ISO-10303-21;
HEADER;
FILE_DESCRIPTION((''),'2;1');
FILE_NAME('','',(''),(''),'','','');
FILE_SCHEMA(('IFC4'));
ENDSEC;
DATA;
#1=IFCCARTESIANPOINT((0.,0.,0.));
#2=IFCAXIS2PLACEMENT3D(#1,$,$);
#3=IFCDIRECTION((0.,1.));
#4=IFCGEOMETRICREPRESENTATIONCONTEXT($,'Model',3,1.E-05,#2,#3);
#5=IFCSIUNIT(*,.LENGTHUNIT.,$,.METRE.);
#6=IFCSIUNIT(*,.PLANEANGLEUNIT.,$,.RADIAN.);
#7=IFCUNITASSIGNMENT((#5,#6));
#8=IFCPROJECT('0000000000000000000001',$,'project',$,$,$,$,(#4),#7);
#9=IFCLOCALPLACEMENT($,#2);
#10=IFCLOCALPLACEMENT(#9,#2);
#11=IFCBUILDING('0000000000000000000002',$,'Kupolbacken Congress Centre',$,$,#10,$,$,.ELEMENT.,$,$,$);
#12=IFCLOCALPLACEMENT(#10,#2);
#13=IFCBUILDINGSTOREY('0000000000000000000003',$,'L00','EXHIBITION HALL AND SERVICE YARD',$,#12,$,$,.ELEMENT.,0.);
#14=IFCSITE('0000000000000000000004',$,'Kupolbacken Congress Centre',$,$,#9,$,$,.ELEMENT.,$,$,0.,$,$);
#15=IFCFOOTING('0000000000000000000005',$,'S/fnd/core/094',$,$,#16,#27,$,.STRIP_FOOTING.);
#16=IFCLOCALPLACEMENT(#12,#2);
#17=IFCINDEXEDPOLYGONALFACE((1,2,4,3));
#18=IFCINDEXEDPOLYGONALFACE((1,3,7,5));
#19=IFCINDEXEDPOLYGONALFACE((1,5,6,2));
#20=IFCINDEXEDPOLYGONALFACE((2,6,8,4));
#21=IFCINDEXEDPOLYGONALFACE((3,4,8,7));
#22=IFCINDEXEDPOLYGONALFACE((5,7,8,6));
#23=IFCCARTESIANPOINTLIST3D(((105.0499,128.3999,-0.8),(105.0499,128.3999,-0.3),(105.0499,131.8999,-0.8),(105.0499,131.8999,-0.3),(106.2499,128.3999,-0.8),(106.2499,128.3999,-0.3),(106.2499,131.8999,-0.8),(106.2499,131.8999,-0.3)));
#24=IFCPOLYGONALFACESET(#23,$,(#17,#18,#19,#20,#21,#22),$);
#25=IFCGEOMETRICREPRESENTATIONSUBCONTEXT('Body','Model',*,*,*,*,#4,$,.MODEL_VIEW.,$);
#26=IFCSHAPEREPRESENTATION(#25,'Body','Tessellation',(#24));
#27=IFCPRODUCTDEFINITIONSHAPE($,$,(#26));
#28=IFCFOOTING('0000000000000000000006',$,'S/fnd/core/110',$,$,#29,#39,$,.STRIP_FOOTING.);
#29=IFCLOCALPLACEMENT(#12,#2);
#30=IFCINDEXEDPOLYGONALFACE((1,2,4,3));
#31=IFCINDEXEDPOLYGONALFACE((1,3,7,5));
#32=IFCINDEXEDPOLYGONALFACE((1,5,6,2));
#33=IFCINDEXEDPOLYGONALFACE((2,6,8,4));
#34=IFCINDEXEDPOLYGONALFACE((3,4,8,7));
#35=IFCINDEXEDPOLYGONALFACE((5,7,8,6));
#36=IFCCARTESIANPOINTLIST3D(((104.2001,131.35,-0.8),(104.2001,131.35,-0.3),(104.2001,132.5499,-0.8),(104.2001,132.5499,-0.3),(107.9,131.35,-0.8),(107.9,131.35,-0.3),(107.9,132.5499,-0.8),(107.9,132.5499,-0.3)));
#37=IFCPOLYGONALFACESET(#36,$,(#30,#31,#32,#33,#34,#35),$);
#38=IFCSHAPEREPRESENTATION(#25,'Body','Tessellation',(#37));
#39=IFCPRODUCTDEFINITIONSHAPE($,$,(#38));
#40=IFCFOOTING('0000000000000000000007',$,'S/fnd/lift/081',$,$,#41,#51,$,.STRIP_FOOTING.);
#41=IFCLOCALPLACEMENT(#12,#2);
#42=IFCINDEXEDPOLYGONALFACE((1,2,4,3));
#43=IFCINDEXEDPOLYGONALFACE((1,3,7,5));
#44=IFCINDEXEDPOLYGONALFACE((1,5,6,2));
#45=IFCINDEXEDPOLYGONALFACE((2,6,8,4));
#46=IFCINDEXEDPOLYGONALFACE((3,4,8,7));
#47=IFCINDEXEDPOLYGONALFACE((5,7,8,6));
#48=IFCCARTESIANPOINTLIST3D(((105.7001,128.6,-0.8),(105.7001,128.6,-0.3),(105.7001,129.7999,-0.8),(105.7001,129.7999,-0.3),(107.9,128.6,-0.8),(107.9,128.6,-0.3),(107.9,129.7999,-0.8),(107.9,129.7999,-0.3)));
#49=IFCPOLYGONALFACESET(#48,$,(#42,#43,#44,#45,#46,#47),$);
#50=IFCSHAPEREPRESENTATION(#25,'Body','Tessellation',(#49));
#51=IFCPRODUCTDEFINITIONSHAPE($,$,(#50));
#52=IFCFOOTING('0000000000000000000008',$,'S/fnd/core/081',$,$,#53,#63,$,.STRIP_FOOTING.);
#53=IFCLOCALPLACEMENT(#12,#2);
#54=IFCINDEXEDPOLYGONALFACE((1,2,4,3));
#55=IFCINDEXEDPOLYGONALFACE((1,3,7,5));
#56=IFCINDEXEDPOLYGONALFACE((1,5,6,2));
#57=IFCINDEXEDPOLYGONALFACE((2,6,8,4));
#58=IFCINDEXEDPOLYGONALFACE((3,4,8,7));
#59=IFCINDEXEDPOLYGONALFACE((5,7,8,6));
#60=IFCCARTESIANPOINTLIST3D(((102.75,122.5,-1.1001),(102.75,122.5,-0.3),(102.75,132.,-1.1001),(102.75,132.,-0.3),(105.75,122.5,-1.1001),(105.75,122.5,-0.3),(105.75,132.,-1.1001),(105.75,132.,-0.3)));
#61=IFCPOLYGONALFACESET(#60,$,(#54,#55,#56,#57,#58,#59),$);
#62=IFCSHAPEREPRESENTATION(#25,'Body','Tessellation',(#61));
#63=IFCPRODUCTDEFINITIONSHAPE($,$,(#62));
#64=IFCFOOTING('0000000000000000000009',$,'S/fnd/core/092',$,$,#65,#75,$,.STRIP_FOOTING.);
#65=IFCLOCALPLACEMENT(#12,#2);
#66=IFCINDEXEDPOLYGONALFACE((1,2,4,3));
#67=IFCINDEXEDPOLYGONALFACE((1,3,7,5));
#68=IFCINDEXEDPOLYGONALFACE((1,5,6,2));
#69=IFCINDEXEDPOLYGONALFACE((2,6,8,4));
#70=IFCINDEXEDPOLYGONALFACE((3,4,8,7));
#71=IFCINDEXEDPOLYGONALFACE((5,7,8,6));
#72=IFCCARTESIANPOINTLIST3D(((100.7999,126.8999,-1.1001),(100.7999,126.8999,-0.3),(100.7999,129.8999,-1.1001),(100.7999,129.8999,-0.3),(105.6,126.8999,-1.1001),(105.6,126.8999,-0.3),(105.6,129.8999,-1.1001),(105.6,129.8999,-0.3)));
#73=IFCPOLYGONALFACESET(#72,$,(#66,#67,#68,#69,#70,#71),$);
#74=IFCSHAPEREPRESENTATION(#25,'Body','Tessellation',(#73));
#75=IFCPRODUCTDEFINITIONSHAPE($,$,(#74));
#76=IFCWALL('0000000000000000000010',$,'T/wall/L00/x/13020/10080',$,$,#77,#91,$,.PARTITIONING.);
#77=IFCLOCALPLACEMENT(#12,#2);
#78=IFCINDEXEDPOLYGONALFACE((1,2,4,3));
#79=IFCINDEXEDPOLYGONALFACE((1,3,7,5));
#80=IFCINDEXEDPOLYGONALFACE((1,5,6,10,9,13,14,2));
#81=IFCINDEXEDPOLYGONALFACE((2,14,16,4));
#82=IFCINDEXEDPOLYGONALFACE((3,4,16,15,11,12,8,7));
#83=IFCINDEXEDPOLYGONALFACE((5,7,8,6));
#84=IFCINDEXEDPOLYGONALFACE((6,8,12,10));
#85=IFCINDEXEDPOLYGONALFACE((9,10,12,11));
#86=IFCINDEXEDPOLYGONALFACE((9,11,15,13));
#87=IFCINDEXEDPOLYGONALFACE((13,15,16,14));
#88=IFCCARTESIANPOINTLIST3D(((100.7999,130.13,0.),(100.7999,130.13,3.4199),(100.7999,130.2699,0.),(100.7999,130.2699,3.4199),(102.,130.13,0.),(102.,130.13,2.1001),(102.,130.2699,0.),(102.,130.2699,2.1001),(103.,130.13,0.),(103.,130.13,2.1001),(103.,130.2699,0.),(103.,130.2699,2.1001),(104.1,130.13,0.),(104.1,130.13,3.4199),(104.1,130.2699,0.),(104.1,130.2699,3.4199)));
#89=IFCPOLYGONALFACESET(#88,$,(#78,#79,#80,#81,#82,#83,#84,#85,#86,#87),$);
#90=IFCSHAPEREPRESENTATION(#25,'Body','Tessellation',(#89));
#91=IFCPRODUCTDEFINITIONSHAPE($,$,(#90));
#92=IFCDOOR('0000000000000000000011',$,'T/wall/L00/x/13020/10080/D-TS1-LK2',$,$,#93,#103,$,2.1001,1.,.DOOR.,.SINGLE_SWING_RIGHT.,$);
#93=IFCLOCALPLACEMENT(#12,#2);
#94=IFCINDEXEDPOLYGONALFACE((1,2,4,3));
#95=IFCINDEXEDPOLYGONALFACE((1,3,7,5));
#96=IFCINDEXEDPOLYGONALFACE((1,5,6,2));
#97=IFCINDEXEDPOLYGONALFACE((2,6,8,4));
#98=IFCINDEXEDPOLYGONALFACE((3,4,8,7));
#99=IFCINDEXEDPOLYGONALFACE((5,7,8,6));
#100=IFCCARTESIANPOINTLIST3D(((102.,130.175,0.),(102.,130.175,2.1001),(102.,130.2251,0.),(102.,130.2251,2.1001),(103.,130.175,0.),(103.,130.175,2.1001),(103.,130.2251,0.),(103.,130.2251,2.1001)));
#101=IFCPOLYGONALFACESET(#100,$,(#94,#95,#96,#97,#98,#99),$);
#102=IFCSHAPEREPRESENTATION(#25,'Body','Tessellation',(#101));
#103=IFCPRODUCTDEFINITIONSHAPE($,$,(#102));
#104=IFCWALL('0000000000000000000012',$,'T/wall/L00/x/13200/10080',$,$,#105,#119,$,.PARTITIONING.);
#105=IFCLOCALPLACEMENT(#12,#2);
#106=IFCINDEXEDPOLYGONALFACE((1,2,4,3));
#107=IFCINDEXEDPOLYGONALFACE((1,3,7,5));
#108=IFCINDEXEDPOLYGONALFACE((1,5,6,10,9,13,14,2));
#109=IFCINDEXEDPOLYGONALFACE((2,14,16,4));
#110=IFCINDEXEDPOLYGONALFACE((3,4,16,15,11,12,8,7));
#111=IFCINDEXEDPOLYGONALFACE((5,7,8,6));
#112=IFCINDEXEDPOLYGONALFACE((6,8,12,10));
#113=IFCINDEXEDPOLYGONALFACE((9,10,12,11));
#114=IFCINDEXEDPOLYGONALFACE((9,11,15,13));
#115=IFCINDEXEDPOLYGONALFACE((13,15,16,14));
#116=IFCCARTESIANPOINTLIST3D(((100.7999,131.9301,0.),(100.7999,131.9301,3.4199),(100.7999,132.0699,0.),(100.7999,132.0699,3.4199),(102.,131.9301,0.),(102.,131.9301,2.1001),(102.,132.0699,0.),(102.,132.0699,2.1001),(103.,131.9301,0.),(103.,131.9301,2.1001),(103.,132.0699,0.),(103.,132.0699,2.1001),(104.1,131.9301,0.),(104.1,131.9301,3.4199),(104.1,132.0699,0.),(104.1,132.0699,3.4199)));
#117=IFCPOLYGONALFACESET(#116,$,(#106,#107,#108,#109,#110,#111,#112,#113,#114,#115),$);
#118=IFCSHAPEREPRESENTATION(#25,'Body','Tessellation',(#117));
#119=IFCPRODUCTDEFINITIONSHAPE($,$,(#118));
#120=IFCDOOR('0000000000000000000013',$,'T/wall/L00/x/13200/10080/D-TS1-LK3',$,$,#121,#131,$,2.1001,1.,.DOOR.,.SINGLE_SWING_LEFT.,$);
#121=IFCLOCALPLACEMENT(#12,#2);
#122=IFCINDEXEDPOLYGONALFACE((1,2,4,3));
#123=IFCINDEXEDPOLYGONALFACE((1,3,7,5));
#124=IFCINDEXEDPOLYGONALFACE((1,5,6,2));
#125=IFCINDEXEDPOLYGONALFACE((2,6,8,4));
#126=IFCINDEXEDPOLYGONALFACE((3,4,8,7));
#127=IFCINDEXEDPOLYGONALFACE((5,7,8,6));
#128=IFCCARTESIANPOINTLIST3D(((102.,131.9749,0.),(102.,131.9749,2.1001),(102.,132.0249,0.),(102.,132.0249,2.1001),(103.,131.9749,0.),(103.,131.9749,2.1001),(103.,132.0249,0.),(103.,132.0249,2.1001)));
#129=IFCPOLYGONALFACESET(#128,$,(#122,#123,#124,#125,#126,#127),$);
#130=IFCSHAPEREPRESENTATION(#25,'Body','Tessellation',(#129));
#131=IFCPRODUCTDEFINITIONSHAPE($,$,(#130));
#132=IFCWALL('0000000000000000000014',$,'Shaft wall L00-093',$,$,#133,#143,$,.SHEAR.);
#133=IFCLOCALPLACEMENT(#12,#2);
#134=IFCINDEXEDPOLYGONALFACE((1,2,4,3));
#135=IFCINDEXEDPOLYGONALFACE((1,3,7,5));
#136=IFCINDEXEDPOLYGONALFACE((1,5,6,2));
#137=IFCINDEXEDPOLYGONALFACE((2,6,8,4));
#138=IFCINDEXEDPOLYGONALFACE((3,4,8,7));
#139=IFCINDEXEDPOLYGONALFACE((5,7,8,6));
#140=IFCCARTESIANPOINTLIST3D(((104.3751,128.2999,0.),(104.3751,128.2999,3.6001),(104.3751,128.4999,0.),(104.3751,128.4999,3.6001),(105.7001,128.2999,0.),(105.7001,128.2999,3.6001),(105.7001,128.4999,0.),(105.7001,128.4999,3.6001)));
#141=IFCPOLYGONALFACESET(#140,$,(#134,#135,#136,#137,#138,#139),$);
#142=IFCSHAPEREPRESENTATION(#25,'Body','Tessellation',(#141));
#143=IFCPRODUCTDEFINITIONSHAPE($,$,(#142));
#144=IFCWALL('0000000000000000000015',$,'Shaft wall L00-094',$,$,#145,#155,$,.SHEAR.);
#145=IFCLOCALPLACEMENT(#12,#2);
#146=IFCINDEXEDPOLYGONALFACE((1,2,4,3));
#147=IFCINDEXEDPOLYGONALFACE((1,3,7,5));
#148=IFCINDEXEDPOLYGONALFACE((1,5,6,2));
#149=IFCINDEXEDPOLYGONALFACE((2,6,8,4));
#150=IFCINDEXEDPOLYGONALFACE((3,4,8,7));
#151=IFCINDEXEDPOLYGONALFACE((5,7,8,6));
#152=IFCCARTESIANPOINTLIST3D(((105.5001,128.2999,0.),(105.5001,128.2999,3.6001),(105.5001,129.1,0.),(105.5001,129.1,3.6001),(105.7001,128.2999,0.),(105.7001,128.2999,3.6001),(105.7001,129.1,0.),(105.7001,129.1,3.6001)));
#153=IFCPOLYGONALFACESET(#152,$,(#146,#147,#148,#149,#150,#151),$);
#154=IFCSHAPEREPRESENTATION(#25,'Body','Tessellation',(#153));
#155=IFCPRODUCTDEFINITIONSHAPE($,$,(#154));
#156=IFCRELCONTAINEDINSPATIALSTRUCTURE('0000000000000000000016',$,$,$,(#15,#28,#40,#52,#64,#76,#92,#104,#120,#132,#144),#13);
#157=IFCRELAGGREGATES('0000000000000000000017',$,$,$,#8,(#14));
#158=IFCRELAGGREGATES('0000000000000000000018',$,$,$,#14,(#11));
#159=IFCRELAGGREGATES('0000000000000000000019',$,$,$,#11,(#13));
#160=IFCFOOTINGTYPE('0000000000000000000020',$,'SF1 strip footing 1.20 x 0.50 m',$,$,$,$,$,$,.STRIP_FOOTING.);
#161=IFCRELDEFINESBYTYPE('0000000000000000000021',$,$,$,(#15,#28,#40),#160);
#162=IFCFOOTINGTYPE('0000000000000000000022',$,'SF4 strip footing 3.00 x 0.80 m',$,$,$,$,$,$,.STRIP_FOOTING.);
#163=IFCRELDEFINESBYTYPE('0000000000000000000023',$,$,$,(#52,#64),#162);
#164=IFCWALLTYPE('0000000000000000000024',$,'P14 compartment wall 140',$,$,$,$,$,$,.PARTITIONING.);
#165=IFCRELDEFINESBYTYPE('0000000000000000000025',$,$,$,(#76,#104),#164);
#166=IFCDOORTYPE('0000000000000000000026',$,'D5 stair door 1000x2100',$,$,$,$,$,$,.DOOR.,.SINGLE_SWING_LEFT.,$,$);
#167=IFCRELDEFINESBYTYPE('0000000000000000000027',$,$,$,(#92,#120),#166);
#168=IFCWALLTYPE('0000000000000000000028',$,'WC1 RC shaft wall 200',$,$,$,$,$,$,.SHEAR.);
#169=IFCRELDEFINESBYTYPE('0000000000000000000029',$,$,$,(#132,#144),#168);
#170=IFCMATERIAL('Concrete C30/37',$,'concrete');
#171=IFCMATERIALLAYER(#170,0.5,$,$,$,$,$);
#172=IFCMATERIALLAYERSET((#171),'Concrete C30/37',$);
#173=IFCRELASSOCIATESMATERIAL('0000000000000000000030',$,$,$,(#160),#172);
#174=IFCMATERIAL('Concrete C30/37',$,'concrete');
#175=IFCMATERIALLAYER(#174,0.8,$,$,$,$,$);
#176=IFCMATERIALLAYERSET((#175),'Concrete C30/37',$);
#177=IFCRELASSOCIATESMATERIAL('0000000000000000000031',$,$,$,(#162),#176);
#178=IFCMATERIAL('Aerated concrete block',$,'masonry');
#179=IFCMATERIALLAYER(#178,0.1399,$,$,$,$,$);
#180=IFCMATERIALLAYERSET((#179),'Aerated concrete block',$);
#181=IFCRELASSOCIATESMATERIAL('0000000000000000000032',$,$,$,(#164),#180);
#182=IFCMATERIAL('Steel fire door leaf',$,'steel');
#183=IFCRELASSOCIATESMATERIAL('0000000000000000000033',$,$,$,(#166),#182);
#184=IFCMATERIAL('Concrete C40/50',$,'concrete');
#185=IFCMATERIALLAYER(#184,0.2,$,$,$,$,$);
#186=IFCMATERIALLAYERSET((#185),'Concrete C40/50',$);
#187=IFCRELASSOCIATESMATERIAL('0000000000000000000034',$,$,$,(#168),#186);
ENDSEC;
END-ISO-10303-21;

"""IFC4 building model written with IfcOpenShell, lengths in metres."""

from ifc_helpers import new_model, si_unit, direction, frame, frame_2d, origin, origin_2d, place, context, subcontext, project, spatial, rectangle, extrude, material, layer, layer_set, type_object, element, fill, save


model = new_model("IFC4")

# Units and contexts
model_context = context("Model", 3, precision=1e-05, world=origin(), true_north=direction((0.0, 1.0)))
body_context = subcontext(model_context, "Body", "Model", "MODEL_VIEW")
ifc_project = project(units=[si_unit("LENGTHUNIT", "METRE"), si_unit("PLANEANGLEUNIT", "RADIAN")], contexts=[model_context])

# Site, building, storey
site_placement = place(None, origin())
site = spatial("IfcSite", under=ifc_project, at=site_placement, Name="Kupolbacken Congress Centre", CompositionType="ELEMENT", RefElevation=0.0)
building_placement = place(site_placement, origin())
building = spatial("IfcBuilding", under=site, at=building_placement, Name="Kupolbacken Congress Centre", CompositionType="ELEMENT")
storey_placement = place(building_placement, origin())
storey = spatial("IfcBuildingStorey", under=building, at=storey_placement, Name="L00", Description="EXHIBITION HALL AND SERVICE YARD", CompositionType="ELEMENT", Elevation=0.0)

# Footings
ifc_material_1 = material(Name="Concrete C30/37", Category="concrete")
ifc_layer_1 = layer(ifc_material_1, 0.5)
ifc_layer_set_1 = layer_set([ifc_layer_1], Name="Concrete C30/37")
footing_type_1 = type_object("IfcFootingType", Name="SF1 strip footing 1.20 x 0.50 m", PredefinedType="STRIP_FOOTING", material=ifc_layer_set_1)
footing_1_placement = place(storey_placement, frame((105.6499, 130.1499, -0.8), z_axis=(0.0, 0.0, 1.0), x_axis=(0.0, 1.0, 0.0)))
element("IfcFooting", 1, at=footing_1_placement, inside=storey, type_object=footing_type_1, Name="S/fnd/core/094", PredefinedType="STRIP_FOOTING", context=body_context, shape_type="SweptSolid", body=[
    extrude(rectangle(XDim=3.5, YDim=1.2, at=origin_2d()), origin(), (0.0, 0.0, 1.0), 0.5),
])
footing_2_placement = place(storey_placement, frame((106.05, 131.95, -0.8), z_axis=(0.0, 0.0, 1.0), x_axis=(1.0, 0.0, 0.0)))
element("IfcFooting", 2, at=footing_2_placement, inside=storey, type_object=footing_type_1, Name="S/fnd/core/110", PredefinedType="STRIP_FOOTING", context=body_context, shape_type="SweptSolid", body=[
    extrude(rectangle(XDim=3.7, YDim=1.2, at=origin_2d()), origin(), (0.0, 0.0, 1.0), 0.5),
])
footing_3_placement = place(storey_placement, frame((106.8, 129.2, -0.8), z_axis=(0.0, 0.0, 1.0), x_axis=(1.0, 0.0, 0.0)))
element("IfcFooting", 3, at=footing_3_placement, inside=storey, type_object=footing_type_1, Name="S/fnd/lift/081", PredefinedType="STRIP_FOOTING", context=body_context, shape_type="SweptSolid", body=[
    extrude(rectangle(XDim=2.2, YDim=1.2, at=origin_2d()), origin(), (0.0, 0.0, 1.0), 0.5),
])
ifc_material_2 = material(Name="Concrete C30/37", Category="concrete")
ifc_layer_2 = layer(ifc_material_2, 0.8)
ifc_layer_set_2 = layer_set([ifc_layer_2], Name="Concrete C30/37")
footing_type_2 = type_object("IfcFootingType", Name="SF4 strip footing 3.00 x 0.80 m", PredefinedType="STRIP_FOOTING", material=ifc_layer_set_2)
footing_4_placement = place(storey_placement, frame((104.25, 127.25, -1.1001), z_axis=(0.0, 0.0, 1.0), x_axis=(0.0, 1.0, 0.0)))
element("IfcFooting", 4, at=footing_4_placement, inside=storey, type_object=footing_type_2, Name="S/fnd/core/081", PredefinedType="STRIP_FOOTING", context=body_context, shape_type="SweptSolid", body=[
    extrude(rectangle(XDim=9.5, YDim=3.0, at=origin_2d()), origin(), (0.0, 0.0, 1.0), 0.8),
])
footing_5_placement = place(storey_placement, frame((103.2, 128.3999, -1.1001), z_axis=(0.0, 0.0, 1.0), x_axis=(1.0, 0.0, 0.0)))
element("IfcFooting", 5, at=footing_5_placement, inside=storey, type_object=footing_type_2, Name="S/fnd/core/092", PredefinedType="STRIP_FOOTING", context=body_context, shape_type="SweptSolid", body=[
    extrude(rectangle(XDim=4.8, YDim=3.0, at=origin_2d()), origin(), (0.0, 0.0, 1.0), 0.8),
])

# Walls, openings, doors
ifc_material_3 = material(Name="Aerated concrete block", Category="masonry")
ifc_layer_3 = layer(ifc_material_3, 0.1399)
ifc_layer_set_3 = layer_set([ifc_layer_3], Name="Aerated concrete block")
wall_type_1 = type_object("IfcWallType", Name="P14 compartment wall 140", PredefinedType="PARTITIONING", material=ifc_layer_set_3)
wall_1_placement = place(storey_placement, frame((100.8, 130.2, 0.0), z_axis=(0.0, 0.0, 1.0), x_axis=(1.0, 0.0, 0.0)))
wall_1 = element("IfcWall", 6, at=wall_1_placement, inside=storey, type_object=wall_type_1, Name="T/wall/L00/x/13020/10080", PredefinedType="PARTITIONING", context=body_context, shape_type="SweptSolid", body=[
    extrude(rectangle(XDim=3.3, YDim=0.1399, at=frame_2d((1.6499, 0.0))), origin(), (0.0, 0.0, 1.0), 3.4199),
])
opening_1_placement = place(wall_1_placement, frame((1.2, 0.0, 0.0)))
opening_1 = element("IfcOpeningElement", 7, at=opening_1_placement, cuts=wall_1, PredefinedType="OPENING", context=body_context, shape_type="SweptSolid", body=[
    extrude(rectangle(XDim=1.0, YDim=2.1001, at=frame_2d((0.5, 1.05))), frame((0.0, 0.0798, 0.0), z_axis=(0.0, -1.0, 0.0), x_axis=(1.0, 0.0, 0.0)), (0.0, 0.0, 1.0), 0.1599),
])
ifc_material_4 = material(Name="Steel fire door leaf", Category="steel")
door_type_1 = type_object("IfcDoorType", Name="D5 stair door 1000x2100", OperationType="SINGLE_SWING_LEFT", PredefinedType="DOOR", material=ifc_material_4)
door_1_placement = place(opening_1_placement, frame((1.0, 0.0, 0.0), z_axis=(0.0, 0.0, 1.0), x_axis=(-1.0, 0.0, 0.0)))
door_1 = element("IfcDoor", 8, at=door_1_placement, inside=storey, type_object=door_type_1, Name="T/wall/L00/x/13020/10080/D-TS1-LK2", OperationType="SINGLE_SWING_RIGHT", OverallHeight=2.1001, OverallWidth=1.0, PredefinedType="DOOR", context=body_context, shape_type="SweptSolid", body=[
    extrude(rectangle(XDim=1.0, YDim=2.1001, at=frame_2d((0.5, 1.05))), frame((0.0, 0.0249, 0.0), z_axis=(0.0, -1.0, 0.0), x_axis=(1.0, 0.0, 0.0)), (0.0, 0.0, 1.0), 0.05),
])
fill(opening_1, door_1)
wall_2_placement = place(storey_placement, frame((100.8, 132.0, 0.0), z_axis=(0.0, 0.0, 1.0), x_axis=(1.0, 0.0, 0.0)))
wall_2 = element("IfcWall", 9, at=wall_2_placement, inside=storey, type_object=wall_type_1, Name="T/wall/L00/x/13200/10080", PredefinedType="PARTITIONING", context=body_context, shape_type="SweptSolid", body=[
    extrude(rectangle(XDim=3.3, YDim=0.1399, at=frame_2d((1.6499, 0.0))), origin(), (0.0, 0.0, 1.0), 3.4199),
])
opening_2_placement = place(wall_2_placement, frame((1.2, 0.0, 0.0)))
opening_2 = element("IfcOpeningElement", 10, at=opening_2_placement, cuts=wall_2, PredefinedType="OPENING", context=body_context, shape_type="SweptSolid", body=[
    extrude(rectangle(XDim=1.0, YDim=2.1001, at=frame_2d((0.5, 1.05))), frame((0.0, 0.0798, 0.0), z_axis=(0.0, -1.0, 0.0), x_axis=(1.0, 0.0, 0.0)), (0.0, 0.0, 1.0), 0.1599),
])
door_2_placement = place(opening_2_placement, origin())
door_2 = element("IfcDoor", 11, at=door_2_placement, inside=storey, type_object=door_type_1, Name="T/wall/L00/x/13200/10080/D-TS1-LK3", OperationType="SINGLE_SWING_LEFT", OverallHeight=2.1001, OverallWidth=1.0, PredefinedType="DOOR", context=body_context, shape_type="SweptSolid", body=[
    extrude(rectangle(XDim=1.0, YDim=2.1001, at=frame_2d((0.5, 1.05))), frame((0.0, 0.0249, 0.0), z_axis=(0.0, -1.0, 0.0), x_axis=(1.0, 0.0, 0.0)), (0.0, 0.0, 1.0), 0.05),
])
fill(opening_2, door_2)

# Walls
ifc_material_5 = material(Name="Concrete C40/50", Category="concrete")
ifc_layer_4 = layer(ifc_material_5, 0.2)
ifc_layer_set_4 = layer_set([ifc_layer_4], Name="Concrete C40/50")
wall_type_2 = type_object("IfcWallType", Name="WC1 RC shaft wall 200", PredefinedType="SHEAR", material=ifc_layer_set_4)
wall_3_placement = place(storey_placement, frame((104.375, 128.3999, 0.0), z_axis=(0.0, 0.0, 1.0), x_axis=(1.0, 0.0, 0.0)))
element("IfcWall", 12, at=wall_3_placement, inside=storey, type_object=wall_type_2, Name="Shaft wall L00-093", PredefinedType="SHEAR", context=body_context, shape_type="SweptSolid", body=[
    extrude(rectangle(XDim=1.325, YDim=0.2, at=frame_2d((0.6626, 0.0))), origin(), (0.0, 0.0, 1.0), 3.6001),
])
wall_4_placement = place(storey_placement, frame((105.6001, 128.3, 0.0), z_axis=(0.0, 0.0, 1.0), x_axis=(0.0, 1.0, 0.0)))
element("IfcWall", 13, at=wall_4_placement, inside=storey, type_object=wall_type_2, Name="Shaft wall L00-094", PredefinedType="SHEAR", context=body_context, shape_type="SweptSolid", body=[
    extrude(rectangle(XDim=0.8, YDim=0.2, at=frame_2d((0.3999, 0.0))), origin(), (0.0, 0.0, 1.0), 3.6001),
])

save(model, "model.ifc")
